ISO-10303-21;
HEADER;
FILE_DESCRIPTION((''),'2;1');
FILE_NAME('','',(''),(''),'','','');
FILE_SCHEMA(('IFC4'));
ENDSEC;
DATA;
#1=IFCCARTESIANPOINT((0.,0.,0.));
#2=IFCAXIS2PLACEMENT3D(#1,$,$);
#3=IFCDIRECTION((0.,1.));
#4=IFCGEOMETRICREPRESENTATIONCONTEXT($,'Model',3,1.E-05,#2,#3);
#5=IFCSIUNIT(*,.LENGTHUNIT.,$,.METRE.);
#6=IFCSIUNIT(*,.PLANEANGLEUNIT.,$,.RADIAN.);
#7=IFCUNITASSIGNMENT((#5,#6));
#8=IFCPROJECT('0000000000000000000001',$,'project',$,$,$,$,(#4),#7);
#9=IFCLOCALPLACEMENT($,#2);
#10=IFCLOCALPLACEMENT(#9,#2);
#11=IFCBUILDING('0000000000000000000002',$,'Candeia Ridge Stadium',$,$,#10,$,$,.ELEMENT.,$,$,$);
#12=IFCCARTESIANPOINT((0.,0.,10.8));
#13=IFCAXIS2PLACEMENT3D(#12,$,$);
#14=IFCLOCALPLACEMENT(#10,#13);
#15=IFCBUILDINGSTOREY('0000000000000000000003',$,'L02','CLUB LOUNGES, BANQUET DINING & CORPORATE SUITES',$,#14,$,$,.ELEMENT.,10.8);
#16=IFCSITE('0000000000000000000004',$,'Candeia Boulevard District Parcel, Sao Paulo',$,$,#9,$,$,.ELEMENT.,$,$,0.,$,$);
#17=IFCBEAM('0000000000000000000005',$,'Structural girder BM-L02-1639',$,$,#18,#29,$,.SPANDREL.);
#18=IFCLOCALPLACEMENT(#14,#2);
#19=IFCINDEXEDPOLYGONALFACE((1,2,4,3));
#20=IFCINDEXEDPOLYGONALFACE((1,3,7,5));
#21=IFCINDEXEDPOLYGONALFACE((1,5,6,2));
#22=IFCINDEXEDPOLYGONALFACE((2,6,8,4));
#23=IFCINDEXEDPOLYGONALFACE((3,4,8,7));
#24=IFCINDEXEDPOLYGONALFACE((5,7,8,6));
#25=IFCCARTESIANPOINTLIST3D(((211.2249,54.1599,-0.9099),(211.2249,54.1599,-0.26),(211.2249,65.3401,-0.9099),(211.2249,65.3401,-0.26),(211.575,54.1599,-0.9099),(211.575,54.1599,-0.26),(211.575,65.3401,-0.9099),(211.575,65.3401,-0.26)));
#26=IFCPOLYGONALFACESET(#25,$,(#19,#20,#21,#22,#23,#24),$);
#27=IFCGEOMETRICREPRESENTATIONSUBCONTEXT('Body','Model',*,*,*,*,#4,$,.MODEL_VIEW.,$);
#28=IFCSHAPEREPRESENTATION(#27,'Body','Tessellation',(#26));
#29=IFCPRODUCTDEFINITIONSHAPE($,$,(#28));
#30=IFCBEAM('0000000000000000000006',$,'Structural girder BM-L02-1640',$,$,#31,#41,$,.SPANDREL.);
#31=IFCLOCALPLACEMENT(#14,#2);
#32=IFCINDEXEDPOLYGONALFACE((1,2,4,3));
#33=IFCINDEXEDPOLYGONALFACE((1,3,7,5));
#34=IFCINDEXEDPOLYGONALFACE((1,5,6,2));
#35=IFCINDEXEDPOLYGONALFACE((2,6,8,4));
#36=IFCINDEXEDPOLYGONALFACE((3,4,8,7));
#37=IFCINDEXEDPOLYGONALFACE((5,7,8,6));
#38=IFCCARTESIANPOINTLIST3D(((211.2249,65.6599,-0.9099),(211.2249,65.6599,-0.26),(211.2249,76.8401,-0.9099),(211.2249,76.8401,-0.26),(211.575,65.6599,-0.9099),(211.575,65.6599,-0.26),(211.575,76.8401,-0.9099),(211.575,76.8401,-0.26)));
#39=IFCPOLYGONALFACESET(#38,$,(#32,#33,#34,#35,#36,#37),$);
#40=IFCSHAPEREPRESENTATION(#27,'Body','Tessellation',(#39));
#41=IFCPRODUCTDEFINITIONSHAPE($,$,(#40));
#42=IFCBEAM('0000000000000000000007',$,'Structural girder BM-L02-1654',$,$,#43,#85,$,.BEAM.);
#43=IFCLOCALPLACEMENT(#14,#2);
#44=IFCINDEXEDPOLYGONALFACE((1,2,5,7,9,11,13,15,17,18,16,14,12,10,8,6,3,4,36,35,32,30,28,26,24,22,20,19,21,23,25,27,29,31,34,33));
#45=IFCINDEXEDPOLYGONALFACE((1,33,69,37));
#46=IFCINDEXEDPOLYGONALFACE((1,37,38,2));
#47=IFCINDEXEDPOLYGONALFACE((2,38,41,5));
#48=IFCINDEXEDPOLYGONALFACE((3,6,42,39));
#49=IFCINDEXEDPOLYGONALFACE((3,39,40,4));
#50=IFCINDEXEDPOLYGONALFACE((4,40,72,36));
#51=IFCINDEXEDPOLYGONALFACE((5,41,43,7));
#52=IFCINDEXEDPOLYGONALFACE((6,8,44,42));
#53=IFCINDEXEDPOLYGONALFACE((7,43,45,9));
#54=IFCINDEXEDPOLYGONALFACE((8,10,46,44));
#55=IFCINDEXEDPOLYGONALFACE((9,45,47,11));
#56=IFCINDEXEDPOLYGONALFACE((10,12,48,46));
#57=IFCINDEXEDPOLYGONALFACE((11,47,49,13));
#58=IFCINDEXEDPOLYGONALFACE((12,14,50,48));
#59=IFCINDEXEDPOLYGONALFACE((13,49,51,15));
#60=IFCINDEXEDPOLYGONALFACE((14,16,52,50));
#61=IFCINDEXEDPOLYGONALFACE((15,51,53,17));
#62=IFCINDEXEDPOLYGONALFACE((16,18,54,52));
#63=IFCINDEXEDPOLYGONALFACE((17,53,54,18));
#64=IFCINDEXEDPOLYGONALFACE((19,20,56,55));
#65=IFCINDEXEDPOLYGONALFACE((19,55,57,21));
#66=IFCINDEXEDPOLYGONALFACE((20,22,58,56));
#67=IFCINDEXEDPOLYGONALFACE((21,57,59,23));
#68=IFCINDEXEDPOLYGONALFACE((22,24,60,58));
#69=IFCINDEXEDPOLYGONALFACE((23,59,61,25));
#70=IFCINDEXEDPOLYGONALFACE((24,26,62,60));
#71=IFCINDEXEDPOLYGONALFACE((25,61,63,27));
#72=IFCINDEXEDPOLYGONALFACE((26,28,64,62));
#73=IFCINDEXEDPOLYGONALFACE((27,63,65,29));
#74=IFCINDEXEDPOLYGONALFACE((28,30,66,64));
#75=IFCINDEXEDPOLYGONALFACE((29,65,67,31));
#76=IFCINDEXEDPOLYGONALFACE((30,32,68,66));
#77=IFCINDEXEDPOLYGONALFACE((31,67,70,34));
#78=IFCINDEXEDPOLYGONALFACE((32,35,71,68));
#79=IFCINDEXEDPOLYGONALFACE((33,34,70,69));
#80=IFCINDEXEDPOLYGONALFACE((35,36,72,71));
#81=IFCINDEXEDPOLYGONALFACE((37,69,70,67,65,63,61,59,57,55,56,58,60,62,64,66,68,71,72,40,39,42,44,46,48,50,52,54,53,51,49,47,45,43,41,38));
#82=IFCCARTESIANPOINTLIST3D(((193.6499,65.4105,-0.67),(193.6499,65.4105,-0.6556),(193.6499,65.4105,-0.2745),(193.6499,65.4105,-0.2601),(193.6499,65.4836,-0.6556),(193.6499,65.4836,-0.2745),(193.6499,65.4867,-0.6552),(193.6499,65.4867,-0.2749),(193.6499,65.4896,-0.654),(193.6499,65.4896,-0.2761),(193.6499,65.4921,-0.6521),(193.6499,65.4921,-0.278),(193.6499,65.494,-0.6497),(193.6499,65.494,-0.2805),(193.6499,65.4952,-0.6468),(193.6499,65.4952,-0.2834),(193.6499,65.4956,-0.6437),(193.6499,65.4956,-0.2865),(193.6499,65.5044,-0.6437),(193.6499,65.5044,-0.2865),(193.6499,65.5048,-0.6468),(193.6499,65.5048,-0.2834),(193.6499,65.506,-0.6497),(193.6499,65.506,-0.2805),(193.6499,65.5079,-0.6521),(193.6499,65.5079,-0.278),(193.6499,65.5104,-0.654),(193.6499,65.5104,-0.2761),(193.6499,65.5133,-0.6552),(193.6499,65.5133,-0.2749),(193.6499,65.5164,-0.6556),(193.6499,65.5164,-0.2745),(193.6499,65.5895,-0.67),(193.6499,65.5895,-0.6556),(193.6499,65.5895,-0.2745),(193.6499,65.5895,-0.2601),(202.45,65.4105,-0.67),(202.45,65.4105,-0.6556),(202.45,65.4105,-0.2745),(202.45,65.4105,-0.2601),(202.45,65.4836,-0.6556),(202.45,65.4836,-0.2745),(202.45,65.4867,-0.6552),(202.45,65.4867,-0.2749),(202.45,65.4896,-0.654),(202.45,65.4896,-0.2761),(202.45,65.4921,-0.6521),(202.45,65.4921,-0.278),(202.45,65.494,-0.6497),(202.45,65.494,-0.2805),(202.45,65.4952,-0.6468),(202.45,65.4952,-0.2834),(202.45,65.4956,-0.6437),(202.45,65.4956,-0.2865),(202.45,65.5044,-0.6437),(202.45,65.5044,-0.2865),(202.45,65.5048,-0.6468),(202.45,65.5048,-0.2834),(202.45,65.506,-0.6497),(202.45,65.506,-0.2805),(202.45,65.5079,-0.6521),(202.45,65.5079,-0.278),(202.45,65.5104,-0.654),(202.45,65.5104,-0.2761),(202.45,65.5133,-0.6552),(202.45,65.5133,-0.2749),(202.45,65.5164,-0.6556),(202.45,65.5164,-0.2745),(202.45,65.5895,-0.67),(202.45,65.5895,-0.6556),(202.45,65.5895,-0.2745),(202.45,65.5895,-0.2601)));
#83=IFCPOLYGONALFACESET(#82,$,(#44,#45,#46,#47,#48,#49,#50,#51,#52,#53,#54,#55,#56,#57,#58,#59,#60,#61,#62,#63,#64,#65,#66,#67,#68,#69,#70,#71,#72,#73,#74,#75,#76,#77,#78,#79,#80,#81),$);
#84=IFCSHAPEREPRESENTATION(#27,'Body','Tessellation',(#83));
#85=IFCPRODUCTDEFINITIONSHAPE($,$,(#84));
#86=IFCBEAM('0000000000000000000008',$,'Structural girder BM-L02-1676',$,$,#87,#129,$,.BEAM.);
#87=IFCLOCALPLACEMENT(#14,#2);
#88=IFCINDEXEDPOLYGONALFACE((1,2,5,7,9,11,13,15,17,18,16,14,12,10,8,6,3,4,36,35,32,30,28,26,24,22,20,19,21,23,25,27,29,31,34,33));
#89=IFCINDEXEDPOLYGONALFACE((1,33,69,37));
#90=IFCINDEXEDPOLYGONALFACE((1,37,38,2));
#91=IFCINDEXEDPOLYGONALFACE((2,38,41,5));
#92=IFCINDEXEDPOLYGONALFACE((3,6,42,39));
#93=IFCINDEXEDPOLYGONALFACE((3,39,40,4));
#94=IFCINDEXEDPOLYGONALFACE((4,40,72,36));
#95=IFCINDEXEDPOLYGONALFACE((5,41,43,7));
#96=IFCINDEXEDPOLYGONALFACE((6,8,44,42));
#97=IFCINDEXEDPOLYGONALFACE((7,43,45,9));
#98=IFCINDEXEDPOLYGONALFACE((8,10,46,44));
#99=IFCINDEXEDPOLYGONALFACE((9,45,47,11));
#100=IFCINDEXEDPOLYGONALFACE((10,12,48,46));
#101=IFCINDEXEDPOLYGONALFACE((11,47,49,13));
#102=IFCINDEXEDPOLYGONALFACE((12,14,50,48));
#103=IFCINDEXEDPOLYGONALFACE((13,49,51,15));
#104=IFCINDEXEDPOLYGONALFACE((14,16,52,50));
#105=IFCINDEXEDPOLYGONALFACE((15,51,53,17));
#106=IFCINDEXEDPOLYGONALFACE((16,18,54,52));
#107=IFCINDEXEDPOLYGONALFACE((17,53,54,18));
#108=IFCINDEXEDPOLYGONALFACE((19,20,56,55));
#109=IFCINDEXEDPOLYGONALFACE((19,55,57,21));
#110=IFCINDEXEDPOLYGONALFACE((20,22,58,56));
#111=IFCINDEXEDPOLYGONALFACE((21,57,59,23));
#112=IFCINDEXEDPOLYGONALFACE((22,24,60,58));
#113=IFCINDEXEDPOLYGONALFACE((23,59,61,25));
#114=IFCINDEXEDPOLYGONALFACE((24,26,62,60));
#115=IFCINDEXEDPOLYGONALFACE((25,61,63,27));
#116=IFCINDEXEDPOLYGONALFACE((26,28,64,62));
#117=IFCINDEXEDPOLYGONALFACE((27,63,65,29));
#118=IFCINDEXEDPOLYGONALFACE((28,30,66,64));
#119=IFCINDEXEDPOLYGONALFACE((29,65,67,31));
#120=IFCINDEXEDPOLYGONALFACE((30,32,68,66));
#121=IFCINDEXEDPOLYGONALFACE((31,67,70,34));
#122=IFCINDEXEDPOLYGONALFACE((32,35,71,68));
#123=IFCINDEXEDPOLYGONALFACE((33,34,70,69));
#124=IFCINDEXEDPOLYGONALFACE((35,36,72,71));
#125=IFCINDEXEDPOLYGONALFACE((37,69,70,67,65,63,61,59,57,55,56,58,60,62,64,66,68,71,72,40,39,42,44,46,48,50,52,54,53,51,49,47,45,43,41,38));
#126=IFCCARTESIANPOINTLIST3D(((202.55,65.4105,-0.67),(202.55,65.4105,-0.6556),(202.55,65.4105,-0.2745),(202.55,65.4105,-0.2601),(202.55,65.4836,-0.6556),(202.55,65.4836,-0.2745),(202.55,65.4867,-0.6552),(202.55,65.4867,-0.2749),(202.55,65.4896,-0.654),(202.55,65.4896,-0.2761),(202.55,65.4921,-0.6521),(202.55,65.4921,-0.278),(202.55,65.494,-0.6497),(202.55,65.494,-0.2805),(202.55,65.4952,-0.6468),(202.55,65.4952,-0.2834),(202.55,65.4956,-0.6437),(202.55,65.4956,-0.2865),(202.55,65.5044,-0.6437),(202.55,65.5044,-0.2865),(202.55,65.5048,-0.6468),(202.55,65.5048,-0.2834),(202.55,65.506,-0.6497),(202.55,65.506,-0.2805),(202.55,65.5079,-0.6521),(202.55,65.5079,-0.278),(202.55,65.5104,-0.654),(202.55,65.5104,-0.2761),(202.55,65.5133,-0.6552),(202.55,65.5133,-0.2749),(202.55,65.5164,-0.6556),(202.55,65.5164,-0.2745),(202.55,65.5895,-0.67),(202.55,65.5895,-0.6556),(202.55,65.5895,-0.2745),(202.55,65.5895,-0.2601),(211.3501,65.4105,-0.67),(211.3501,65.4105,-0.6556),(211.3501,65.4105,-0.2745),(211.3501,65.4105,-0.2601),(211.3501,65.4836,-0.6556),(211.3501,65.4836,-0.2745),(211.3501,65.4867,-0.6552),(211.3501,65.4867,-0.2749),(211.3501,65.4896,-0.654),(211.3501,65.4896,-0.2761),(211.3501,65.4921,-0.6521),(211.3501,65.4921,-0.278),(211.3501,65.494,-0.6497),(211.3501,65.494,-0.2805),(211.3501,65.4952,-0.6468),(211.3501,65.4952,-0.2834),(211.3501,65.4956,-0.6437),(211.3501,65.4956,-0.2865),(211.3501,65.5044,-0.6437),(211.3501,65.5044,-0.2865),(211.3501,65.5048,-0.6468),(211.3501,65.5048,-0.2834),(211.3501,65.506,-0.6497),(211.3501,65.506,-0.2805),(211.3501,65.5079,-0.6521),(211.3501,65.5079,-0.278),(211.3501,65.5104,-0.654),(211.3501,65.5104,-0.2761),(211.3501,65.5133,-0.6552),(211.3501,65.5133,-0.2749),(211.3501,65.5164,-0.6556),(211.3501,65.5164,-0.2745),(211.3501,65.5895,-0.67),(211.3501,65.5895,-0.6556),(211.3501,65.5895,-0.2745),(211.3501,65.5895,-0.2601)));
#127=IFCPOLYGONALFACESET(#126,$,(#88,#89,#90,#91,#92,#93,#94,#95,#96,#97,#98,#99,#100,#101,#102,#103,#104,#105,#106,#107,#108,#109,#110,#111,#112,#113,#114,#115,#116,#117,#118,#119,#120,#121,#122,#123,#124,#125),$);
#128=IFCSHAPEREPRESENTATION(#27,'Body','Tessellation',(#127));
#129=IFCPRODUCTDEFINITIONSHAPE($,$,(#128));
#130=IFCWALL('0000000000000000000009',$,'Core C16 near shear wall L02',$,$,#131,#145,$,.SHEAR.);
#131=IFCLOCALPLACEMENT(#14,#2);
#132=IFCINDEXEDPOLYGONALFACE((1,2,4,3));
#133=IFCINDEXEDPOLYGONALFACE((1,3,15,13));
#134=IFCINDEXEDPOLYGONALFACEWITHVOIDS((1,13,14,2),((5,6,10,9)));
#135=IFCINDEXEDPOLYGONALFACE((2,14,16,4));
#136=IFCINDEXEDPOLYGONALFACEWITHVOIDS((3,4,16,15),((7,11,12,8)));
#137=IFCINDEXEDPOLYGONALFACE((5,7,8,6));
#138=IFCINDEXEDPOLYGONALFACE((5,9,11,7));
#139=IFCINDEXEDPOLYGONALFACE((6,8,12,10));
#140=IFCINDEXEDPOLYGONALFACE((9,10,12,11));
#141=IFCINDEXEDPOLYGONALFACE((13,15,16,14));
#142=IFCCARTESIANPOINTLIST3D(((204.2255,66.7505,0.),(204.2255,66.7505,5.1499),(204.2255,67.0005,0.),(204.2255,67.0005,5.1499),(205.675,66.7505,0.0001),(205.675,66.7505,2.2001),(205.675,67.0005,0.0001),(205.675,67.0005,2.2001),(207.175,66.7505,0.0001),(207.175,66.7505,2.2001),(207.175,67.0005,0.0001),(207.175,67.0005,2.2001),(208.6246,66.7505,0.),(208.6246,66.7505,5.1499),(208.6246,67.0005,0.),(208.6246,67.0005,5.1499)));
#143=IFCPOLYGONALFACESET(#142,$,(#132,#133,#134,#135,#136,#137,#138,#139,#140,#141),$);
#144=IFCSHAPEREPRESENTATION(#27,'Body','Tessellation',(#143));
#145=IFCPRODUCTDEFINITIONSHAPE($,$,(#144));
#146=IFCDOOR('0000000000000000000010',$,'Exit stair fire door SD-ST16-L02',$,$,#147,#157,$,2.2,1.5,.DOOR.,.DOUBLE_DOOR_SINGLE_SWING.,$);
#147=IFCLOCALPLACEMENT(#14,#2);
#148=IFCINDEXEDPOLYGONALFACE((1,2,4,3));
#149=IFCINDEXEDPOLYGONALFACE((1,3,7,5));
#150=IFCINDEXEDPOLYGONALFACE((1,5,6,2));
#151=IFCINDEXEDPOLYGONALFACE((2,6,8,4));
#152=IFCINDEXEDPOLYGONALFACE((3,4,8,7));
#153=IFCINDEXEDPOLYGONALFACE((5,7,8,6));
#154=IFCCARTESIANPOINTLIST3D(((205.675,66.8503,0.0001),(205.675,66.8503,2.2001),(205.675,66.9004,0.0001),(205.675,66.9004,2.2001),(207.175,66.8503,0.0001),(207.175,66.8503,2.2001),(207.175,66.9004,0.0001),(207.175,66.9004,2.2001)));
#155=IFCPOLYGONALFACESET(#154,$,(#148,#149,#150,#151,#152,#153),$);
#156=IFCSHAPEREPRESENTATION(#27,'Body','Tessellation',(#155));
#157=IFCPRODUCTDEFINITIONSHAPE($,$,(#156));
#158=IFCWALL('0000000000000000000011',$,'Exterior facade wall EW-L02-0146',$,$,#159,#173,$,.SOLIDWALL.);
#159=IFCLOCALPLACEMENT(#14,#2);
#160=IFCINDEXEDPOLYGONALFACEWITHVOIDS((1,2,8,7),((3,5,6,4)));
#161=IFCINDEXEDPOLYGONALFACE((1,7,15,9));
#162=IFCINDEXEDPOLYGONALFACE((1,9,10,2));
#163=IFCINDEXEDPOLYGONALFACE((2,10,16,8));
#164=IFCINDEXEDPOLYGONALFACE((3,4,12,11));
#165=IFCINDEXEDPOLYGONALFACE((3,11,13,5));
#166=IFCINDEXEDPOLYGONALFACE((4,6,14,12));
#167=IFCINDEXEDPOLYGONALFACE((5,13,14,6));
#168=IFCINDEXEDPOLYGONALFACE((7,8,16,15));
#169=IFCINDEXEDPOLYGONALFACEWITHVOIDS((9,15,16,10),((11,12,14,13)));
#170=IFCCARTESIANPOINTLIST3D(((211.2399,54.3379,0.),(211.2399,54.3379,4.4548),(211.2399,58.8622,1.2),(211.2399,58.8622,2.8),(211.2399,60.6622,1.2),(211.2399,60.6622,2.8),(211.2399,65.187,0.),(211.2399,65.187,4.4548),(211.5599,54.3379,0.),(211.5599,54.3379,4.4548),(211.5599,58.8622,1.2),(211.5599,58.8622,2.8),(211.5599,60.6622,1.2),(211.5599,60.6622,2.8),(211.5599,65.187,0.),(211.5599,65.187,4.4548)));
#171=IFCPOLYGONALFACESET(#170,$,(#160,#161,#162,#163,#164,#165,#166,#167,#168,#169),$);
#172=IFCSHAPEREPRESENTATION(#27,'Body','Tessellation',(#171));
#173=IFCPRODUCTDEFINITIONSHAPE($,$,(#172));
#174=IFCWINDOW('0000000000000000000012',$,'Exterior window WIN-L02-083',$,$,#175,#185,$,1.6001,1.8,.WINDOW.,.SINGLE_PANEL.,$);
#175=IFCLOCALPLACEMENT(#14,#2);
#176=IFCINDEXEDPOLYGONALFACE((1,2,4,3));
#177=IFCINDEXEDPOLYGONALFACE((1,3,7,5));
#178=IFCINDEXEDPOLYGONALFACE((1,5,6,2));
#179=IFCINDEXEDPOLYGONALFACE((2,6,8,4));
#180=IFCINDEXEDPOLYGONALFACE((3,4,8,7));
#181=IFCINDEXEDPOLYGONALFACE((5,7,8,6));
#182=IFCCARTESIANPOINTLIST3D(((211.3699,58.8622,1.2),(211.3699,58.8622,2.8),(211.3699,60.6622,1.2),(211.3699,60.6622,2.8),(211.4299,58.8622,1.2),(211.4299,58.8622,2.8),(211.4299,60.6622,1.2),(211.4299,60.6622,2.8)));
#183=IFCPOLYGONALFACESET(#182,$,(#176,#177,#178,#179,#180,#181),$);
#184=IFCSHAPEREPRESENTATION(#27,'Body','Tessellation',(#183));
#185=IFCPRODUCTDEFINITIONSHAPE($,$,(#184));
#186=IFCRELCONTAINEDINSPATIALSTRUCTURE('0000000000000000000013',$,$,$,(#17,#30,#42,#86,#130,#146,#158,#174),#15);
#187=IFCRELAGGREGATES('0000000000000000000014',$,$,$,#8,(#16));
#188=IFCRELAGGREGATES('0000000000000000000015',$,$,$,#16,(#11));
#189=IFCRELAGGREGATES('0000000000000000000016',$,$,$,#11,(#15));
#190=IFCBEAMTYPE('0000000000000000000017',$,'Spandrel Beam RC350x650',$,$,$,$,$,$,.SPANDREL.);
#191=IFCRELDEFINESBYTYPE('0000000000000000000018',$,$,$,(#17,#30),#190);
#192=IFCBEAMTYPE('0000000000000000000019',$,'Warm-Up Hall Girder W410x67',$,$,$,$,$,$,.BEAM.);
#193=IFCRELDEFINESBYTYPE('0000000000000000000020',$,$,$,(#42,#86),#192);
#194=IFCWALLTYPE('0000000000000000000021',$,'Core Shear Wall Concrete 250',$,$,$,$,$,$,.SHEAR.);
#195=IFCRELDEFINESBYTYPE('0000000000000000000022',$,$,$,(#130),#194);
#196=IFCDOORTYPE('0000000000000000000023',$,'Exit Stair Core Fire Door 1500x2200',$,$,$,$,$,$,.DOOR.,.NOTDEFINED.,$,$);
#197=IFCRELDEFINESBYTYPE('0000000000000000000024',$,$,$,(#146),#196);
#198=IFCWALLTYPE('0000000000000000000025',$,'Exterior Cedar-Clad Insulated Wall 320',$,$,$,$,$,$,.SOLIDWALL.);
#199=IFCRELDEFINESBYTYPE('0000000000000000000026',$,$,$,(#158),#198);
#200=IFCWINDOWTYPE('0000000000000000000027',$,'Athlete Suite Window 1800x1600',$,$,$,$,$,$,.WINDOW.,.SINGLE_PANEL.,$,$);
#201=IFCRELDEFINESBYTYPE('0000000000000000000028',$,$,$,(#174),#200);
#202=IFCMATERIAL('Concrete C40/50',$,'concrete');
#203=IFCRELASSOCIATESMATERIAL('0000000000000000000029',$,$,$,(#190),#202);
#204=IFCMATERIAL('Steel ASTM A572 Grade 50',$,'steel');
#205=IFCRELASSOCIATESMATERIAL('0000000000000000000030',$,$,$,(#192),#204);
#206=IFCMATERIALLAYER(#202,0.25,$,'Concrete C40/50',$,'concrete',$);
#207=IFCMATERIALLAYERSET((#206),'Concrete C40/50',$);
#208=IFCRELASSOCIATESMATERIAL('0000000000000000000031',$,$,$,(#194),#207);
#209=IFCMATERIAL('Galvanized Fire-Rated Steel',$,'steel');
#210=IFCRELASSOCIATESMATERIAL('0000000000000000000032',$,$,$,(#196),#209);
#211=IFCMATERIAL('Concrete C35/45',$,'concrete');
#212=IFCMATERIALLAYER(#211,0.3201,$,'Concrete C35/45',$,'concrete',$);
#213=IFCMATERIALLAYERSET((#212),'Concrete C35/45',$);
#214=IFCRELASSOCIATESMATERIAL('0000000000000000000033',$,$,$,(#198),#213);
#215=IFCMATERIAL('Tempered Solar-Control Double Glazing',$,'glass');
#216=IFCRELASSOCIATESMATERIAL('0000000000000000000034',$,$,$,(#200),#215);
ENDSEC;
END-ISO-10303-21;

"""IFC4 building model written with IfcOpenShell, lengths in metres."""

from ifc_helpers import new_model, si_unit, direction, frame, frame_2d, origin, origin_2d, place, context, subcontext, project, spatial, rectangle, i_section, extrude, material, layer, layer_set, material_profile, profile_set, type_object, element, fill, save


model = new_model("IFC4")

# Units and contexts
model_context = context("Model", 3, precision=1e-05, world=origin(), true_north=direction((0.0, 1.0)))
body_context = subcontext(model_context, "Body", "Model", "MODEL_VIEW")
ifc_project = project(units=[si_unit("LENGTHUNIT", "METRE"), si_unit("PLANEANGLEUNIT", "RADIAN")], contexts=[model_context])

# Site, building, storey
site_placement = place(None, origin())
site = spatial("IfcSite", under=ifc_project, at=site_placement, Name="Candeia Boulevard District Parcel, Sao Paulo", CompositionType="ELEMENT", RefElevation=0.0)
building_placement = place(site_placement, origin())
building = spatial("IfcBuilding", under=site, at=building_placement, Name="Candeia Ridge Stadium", CompositionType="ELEMENT")
storey_placement = place(building_placement, frame((0.0, 0.0, 10.8)))
storey = spatial("IfcBuildingStorey", under=building, at=storey_placement, Name="L02", Description="CLUB LOUNGES, BANQUET DINING & CORPORATE SUITES", CompositionType="ELEMENT", Elevation=10.8)

# Shared definitions
ifc_material_1 = material(Name="Concrete C40/50", Category="concrete")

# Beams
ifc_material_profile_1 = material_profile(ifc_material_1, rectangle(XDim=0.3501, YDim=0.6499, at=origin_2d()), Name="RC350x650", Category="concrete")
ifc_profile_set_1 = profile_set([ifc_material_profile_1], Name="Concrete C40/50")
beam_type_1 = type_object("IfcBeamType", Name="Spandrel Beam RC350x650", PredefinedType="SPANDREL", material=ifc_profile_set_1)
for number, where, z_axis, x_axis, name in (
    (1, (211.3999, 54.1599, -0.585), (0.0, 1.0, 0.0), (-1.0, 0.0, 0.0), "Structural girder BM-L02-1639"),
    (2, (211.3999, 65.6599, -0.585), (0.0, 1.0, 0.0), (-1.0, 0.0, 0.0), "Structural girder BM-L02-1640"),
):
    element("IfcBeam", number, at=place(storey_placement, frame(where, z_axis=z_axis, x_axis=x_axis)), inside=storey, type_object=beam_type_1, Name=name, PredefinedType="SPANDREL", context=body_context, shape_type="SweptSolid", body=[
        extrude(rectangle(XDim=0.3501, YDim=0.6499, at=origin_2d()), origin(), (0.0, 0.0, 1.0), 11.1802),
    ])
ifc_material_2 = material(Name="Steel ASTM A572 Grade 50", Category="steel")
ifc_material_profile_2 = material_profile(ifc_material_2, i_section(OverallWidth=0.179, OverallDepth=0.4099, WebThickness=0.0088, FlangeThickness=0.0144, FilletRadius=0.012, at=origin_2d()), Name="W410x67", Category="steel")
ifc_profile_set_2 = profile_set([ifc_material_profile_2], Name="Steel ASTM A572 Grade 50")
beam_type_2 = type_object("IfcBeamType", Name="Warm-Up Hall Girder W410x67", PredefinedType="BEAM", material=ifc_profile_set_2)
for number, where, z_axis, x_axis, name in (
    (3, (193.6499, 65.5, -0.4651), (1.0, 0.0, 0.0), (0.0, 1.0, 0.0), "Structural girder BM-L02-1654"),
    (4, (202.55, 65.5, -0.4651), (1.0, 0.0, 0.0), (0.0, 1.0, 0.0), "Structural girder BM-L02-1676"),
):
    element("IfcBeam", number, at=place(storey_placement, frame(where, z_axis=z_axis, x_axis=x_axis)), inside=storey, type_object=beam_type_2, Name=name, PredefinedType="BEAM", context=body_context, shape_type="SweptSolid", body=[
        extrude(i_section(OverallWidth=0.179, OverallDepth=0.4099, WebThickness=0.0088, FlangeThickness=0.0144, FilletRadius=0.012, at=origin_2d()), origin(), (0.0, 0.0, 1.0), 8.8),
    ])

# Wall, opening, door
ifc_layer_1 = layer(ifc_material_1, 0.25, Name="Concrete C40/50", Category="concrete")
ifc_layer_set_1 = layer_set([ifc_layer_1], Name="Concrete C40/50")
wall_type_1 = type_object("IfcWallType", Name="Core Shear Wall Concrete 250", PredefinedType="SHEAR", material=ifc_layer_set_1)
wall_1_placement = place(storey_placement, frame((204.2253, 66.8755, 0.0), z_axis=(0.0, 0.0, 1.0), x_axis=(1.0, 0.0, 0.0)))
wall_1 = element("IfcWall", 5, at=wall_1_placement, inside=storey, type_object=wall_type_1, Name="Core C16 near shear wall L02", PredefinedType="SHEAR", context=body_context, shape_type="SweptSolid", body=[
    extrude(rectangle(XDim=4.3992, YDim=0.25, at=frame_2d((2.1997, 0.0))), origin(), (0.0, 0.0, 1.0), 5.1499),
])
opening_1_placement = place(wall_1_placement, frame((1.4497, 0.0, 0.0)))
opening_1 = element("IfcOpeningElement", 6, at=opening_1_placement, cuts=wall_1, PredefinedType="OPENING", context=body_context, shape_type="SweptSolid", body=[
    extrude(rectangle(XDim=1.5, YDim=2.2, at=frame_2d((0.75, 1.1001))), frame((0.0, 0.135, 0.0), z_axis=(0.0, -1.0, 0.0), x_axis=(1.0, 0.0, 0.0)), (0.0, 0.0, 1.0), 0.27),
])
ifc_material_3 = material(Name="Galvanized Fire-Rated Steel", Category="steel")
door_type = type_object("IfcDoorType", Name="Exit Stair Core Fire Door 1500x2200", OperationType="NOTDEFINED", PredefinedType="DOOR", material=ifc_material_3)
door_placement = place(opening_1_placement, origin())
door = element("IfcDoor", 7, at=door_placement, inside=storey, type_object=door_type, Name="Exit stair fire door SD-ST16-L02", OperationType="DOUBLE_DOOR_SINGLE_SWING", OverallHeight=2.2, OverallWidth=1.5, PredefinedType="DOOR", context=body_context, shape_type="SweptSolid", body=[
    extrude(rectangle(XDim=1.5, YDim=2.2, at=frame_2d((0.75, 1.1001))), frame((0.0, 0.0249, 0.0), z_axis=(0.0, -1.0, 0.0), x_axis=(1.0, 0.0, 0.0)), (0.0, 0.0, 1.0), 0.05),
])
fill(opening_1, door)

# Wall, opening, window
ifc_material_4 = material(Name="Concrete C35/45", Category="concrete")
ifc_layer_2 = layer(ifc_material_4, 0.3201, Name="Concrete C35/45", Category="concrete")
ifc_layer_set_2 = layer_set([ifc_layer_2], Name="Concrete C35/45")
wall_type_2 = type_object("IfcWallType", Name="Exterior Cedar-Clad Insulated Wall 320", PredefinedType="SOLIDWALL", material=ifc_layer_set_2)
wall_2_placement = place(storey_placement, frame((211.3999, 54.3379, 0.0), z_axis=(0.0, 0.0, 1.0), x_axis=(0.0, 1.0, 0.0)))
wall_2 = element("IfcWall", 8, at=wall_2_placement, inside=storey, type_object=wall_type_2, Name="Exterior facade wall EW-L02-0146", PredefinedType="SOLIDWALL", context=body_context, shape_type="SweptSolid", body=[
    extrude(rectangle(XDim=10.8491, YDim=0.3201, at=frame_2d((5.4246, 0.0))), origin(), (0.0, 0.0, 1.0), 4.4548),
])
opening_2_placement = place(wall_2_placement, frame((4.5244, 0.0, 1.2)))
opening_2 = element("IfcOpeningElement", 9, at=opening_2_placement, cuts=wall_2, PredefinedType="OPENING", context=body_context, shape_type="SweptSolid", body=[
    extrude(rectangle(XDim=1.8, YDim=1.6001, at=frame_2d((0.8999, 0.8))), frame((0.0, 0.1699, 0.0), z_axis=(0.0, -1.0, 0.0), x_axis=(1.0, 0.0, 0.0)), (0.0, 0.0, 1.0), 0.3401),
])
ifc_material_5 = material(Name="Tempered Solar-Control Double Glazing", Category="glass")
window_type = type_object("IfcWindowType", Name="Athlete Suite Window 1800x1600", PartitioningType="SINGLE_PANEL", PredefinedType="WINDOW", material=ifc_material_5)
window_placement = place(opening_2_placement, origin())
window = element("IfcWindow", 10, at=window_placement, inside=storey, type_object=window_type, Name="Exterior window WIN-L02-083", OverallHeight=1.6001, OverallWidth=1.8, PartitioningType="SINGLE_PANEL", PredefinedType="WINDOW", context=body_context, shape_type="SweptSolid", body=[
    extrude(rectangle(XDim=1.8, YDim=1.6001, at=frame_2d((0.8999, 0.8))), frame((0.0, 0.03, 0.0), z_axis=(0.0, -1.0, 0.0), x_axis=(1.0, 0.0, 0.0)), (0.0, 0.0, 1.0), 0.0601),
])
fill(opening_2, window)

save(model, "model.ifc")
